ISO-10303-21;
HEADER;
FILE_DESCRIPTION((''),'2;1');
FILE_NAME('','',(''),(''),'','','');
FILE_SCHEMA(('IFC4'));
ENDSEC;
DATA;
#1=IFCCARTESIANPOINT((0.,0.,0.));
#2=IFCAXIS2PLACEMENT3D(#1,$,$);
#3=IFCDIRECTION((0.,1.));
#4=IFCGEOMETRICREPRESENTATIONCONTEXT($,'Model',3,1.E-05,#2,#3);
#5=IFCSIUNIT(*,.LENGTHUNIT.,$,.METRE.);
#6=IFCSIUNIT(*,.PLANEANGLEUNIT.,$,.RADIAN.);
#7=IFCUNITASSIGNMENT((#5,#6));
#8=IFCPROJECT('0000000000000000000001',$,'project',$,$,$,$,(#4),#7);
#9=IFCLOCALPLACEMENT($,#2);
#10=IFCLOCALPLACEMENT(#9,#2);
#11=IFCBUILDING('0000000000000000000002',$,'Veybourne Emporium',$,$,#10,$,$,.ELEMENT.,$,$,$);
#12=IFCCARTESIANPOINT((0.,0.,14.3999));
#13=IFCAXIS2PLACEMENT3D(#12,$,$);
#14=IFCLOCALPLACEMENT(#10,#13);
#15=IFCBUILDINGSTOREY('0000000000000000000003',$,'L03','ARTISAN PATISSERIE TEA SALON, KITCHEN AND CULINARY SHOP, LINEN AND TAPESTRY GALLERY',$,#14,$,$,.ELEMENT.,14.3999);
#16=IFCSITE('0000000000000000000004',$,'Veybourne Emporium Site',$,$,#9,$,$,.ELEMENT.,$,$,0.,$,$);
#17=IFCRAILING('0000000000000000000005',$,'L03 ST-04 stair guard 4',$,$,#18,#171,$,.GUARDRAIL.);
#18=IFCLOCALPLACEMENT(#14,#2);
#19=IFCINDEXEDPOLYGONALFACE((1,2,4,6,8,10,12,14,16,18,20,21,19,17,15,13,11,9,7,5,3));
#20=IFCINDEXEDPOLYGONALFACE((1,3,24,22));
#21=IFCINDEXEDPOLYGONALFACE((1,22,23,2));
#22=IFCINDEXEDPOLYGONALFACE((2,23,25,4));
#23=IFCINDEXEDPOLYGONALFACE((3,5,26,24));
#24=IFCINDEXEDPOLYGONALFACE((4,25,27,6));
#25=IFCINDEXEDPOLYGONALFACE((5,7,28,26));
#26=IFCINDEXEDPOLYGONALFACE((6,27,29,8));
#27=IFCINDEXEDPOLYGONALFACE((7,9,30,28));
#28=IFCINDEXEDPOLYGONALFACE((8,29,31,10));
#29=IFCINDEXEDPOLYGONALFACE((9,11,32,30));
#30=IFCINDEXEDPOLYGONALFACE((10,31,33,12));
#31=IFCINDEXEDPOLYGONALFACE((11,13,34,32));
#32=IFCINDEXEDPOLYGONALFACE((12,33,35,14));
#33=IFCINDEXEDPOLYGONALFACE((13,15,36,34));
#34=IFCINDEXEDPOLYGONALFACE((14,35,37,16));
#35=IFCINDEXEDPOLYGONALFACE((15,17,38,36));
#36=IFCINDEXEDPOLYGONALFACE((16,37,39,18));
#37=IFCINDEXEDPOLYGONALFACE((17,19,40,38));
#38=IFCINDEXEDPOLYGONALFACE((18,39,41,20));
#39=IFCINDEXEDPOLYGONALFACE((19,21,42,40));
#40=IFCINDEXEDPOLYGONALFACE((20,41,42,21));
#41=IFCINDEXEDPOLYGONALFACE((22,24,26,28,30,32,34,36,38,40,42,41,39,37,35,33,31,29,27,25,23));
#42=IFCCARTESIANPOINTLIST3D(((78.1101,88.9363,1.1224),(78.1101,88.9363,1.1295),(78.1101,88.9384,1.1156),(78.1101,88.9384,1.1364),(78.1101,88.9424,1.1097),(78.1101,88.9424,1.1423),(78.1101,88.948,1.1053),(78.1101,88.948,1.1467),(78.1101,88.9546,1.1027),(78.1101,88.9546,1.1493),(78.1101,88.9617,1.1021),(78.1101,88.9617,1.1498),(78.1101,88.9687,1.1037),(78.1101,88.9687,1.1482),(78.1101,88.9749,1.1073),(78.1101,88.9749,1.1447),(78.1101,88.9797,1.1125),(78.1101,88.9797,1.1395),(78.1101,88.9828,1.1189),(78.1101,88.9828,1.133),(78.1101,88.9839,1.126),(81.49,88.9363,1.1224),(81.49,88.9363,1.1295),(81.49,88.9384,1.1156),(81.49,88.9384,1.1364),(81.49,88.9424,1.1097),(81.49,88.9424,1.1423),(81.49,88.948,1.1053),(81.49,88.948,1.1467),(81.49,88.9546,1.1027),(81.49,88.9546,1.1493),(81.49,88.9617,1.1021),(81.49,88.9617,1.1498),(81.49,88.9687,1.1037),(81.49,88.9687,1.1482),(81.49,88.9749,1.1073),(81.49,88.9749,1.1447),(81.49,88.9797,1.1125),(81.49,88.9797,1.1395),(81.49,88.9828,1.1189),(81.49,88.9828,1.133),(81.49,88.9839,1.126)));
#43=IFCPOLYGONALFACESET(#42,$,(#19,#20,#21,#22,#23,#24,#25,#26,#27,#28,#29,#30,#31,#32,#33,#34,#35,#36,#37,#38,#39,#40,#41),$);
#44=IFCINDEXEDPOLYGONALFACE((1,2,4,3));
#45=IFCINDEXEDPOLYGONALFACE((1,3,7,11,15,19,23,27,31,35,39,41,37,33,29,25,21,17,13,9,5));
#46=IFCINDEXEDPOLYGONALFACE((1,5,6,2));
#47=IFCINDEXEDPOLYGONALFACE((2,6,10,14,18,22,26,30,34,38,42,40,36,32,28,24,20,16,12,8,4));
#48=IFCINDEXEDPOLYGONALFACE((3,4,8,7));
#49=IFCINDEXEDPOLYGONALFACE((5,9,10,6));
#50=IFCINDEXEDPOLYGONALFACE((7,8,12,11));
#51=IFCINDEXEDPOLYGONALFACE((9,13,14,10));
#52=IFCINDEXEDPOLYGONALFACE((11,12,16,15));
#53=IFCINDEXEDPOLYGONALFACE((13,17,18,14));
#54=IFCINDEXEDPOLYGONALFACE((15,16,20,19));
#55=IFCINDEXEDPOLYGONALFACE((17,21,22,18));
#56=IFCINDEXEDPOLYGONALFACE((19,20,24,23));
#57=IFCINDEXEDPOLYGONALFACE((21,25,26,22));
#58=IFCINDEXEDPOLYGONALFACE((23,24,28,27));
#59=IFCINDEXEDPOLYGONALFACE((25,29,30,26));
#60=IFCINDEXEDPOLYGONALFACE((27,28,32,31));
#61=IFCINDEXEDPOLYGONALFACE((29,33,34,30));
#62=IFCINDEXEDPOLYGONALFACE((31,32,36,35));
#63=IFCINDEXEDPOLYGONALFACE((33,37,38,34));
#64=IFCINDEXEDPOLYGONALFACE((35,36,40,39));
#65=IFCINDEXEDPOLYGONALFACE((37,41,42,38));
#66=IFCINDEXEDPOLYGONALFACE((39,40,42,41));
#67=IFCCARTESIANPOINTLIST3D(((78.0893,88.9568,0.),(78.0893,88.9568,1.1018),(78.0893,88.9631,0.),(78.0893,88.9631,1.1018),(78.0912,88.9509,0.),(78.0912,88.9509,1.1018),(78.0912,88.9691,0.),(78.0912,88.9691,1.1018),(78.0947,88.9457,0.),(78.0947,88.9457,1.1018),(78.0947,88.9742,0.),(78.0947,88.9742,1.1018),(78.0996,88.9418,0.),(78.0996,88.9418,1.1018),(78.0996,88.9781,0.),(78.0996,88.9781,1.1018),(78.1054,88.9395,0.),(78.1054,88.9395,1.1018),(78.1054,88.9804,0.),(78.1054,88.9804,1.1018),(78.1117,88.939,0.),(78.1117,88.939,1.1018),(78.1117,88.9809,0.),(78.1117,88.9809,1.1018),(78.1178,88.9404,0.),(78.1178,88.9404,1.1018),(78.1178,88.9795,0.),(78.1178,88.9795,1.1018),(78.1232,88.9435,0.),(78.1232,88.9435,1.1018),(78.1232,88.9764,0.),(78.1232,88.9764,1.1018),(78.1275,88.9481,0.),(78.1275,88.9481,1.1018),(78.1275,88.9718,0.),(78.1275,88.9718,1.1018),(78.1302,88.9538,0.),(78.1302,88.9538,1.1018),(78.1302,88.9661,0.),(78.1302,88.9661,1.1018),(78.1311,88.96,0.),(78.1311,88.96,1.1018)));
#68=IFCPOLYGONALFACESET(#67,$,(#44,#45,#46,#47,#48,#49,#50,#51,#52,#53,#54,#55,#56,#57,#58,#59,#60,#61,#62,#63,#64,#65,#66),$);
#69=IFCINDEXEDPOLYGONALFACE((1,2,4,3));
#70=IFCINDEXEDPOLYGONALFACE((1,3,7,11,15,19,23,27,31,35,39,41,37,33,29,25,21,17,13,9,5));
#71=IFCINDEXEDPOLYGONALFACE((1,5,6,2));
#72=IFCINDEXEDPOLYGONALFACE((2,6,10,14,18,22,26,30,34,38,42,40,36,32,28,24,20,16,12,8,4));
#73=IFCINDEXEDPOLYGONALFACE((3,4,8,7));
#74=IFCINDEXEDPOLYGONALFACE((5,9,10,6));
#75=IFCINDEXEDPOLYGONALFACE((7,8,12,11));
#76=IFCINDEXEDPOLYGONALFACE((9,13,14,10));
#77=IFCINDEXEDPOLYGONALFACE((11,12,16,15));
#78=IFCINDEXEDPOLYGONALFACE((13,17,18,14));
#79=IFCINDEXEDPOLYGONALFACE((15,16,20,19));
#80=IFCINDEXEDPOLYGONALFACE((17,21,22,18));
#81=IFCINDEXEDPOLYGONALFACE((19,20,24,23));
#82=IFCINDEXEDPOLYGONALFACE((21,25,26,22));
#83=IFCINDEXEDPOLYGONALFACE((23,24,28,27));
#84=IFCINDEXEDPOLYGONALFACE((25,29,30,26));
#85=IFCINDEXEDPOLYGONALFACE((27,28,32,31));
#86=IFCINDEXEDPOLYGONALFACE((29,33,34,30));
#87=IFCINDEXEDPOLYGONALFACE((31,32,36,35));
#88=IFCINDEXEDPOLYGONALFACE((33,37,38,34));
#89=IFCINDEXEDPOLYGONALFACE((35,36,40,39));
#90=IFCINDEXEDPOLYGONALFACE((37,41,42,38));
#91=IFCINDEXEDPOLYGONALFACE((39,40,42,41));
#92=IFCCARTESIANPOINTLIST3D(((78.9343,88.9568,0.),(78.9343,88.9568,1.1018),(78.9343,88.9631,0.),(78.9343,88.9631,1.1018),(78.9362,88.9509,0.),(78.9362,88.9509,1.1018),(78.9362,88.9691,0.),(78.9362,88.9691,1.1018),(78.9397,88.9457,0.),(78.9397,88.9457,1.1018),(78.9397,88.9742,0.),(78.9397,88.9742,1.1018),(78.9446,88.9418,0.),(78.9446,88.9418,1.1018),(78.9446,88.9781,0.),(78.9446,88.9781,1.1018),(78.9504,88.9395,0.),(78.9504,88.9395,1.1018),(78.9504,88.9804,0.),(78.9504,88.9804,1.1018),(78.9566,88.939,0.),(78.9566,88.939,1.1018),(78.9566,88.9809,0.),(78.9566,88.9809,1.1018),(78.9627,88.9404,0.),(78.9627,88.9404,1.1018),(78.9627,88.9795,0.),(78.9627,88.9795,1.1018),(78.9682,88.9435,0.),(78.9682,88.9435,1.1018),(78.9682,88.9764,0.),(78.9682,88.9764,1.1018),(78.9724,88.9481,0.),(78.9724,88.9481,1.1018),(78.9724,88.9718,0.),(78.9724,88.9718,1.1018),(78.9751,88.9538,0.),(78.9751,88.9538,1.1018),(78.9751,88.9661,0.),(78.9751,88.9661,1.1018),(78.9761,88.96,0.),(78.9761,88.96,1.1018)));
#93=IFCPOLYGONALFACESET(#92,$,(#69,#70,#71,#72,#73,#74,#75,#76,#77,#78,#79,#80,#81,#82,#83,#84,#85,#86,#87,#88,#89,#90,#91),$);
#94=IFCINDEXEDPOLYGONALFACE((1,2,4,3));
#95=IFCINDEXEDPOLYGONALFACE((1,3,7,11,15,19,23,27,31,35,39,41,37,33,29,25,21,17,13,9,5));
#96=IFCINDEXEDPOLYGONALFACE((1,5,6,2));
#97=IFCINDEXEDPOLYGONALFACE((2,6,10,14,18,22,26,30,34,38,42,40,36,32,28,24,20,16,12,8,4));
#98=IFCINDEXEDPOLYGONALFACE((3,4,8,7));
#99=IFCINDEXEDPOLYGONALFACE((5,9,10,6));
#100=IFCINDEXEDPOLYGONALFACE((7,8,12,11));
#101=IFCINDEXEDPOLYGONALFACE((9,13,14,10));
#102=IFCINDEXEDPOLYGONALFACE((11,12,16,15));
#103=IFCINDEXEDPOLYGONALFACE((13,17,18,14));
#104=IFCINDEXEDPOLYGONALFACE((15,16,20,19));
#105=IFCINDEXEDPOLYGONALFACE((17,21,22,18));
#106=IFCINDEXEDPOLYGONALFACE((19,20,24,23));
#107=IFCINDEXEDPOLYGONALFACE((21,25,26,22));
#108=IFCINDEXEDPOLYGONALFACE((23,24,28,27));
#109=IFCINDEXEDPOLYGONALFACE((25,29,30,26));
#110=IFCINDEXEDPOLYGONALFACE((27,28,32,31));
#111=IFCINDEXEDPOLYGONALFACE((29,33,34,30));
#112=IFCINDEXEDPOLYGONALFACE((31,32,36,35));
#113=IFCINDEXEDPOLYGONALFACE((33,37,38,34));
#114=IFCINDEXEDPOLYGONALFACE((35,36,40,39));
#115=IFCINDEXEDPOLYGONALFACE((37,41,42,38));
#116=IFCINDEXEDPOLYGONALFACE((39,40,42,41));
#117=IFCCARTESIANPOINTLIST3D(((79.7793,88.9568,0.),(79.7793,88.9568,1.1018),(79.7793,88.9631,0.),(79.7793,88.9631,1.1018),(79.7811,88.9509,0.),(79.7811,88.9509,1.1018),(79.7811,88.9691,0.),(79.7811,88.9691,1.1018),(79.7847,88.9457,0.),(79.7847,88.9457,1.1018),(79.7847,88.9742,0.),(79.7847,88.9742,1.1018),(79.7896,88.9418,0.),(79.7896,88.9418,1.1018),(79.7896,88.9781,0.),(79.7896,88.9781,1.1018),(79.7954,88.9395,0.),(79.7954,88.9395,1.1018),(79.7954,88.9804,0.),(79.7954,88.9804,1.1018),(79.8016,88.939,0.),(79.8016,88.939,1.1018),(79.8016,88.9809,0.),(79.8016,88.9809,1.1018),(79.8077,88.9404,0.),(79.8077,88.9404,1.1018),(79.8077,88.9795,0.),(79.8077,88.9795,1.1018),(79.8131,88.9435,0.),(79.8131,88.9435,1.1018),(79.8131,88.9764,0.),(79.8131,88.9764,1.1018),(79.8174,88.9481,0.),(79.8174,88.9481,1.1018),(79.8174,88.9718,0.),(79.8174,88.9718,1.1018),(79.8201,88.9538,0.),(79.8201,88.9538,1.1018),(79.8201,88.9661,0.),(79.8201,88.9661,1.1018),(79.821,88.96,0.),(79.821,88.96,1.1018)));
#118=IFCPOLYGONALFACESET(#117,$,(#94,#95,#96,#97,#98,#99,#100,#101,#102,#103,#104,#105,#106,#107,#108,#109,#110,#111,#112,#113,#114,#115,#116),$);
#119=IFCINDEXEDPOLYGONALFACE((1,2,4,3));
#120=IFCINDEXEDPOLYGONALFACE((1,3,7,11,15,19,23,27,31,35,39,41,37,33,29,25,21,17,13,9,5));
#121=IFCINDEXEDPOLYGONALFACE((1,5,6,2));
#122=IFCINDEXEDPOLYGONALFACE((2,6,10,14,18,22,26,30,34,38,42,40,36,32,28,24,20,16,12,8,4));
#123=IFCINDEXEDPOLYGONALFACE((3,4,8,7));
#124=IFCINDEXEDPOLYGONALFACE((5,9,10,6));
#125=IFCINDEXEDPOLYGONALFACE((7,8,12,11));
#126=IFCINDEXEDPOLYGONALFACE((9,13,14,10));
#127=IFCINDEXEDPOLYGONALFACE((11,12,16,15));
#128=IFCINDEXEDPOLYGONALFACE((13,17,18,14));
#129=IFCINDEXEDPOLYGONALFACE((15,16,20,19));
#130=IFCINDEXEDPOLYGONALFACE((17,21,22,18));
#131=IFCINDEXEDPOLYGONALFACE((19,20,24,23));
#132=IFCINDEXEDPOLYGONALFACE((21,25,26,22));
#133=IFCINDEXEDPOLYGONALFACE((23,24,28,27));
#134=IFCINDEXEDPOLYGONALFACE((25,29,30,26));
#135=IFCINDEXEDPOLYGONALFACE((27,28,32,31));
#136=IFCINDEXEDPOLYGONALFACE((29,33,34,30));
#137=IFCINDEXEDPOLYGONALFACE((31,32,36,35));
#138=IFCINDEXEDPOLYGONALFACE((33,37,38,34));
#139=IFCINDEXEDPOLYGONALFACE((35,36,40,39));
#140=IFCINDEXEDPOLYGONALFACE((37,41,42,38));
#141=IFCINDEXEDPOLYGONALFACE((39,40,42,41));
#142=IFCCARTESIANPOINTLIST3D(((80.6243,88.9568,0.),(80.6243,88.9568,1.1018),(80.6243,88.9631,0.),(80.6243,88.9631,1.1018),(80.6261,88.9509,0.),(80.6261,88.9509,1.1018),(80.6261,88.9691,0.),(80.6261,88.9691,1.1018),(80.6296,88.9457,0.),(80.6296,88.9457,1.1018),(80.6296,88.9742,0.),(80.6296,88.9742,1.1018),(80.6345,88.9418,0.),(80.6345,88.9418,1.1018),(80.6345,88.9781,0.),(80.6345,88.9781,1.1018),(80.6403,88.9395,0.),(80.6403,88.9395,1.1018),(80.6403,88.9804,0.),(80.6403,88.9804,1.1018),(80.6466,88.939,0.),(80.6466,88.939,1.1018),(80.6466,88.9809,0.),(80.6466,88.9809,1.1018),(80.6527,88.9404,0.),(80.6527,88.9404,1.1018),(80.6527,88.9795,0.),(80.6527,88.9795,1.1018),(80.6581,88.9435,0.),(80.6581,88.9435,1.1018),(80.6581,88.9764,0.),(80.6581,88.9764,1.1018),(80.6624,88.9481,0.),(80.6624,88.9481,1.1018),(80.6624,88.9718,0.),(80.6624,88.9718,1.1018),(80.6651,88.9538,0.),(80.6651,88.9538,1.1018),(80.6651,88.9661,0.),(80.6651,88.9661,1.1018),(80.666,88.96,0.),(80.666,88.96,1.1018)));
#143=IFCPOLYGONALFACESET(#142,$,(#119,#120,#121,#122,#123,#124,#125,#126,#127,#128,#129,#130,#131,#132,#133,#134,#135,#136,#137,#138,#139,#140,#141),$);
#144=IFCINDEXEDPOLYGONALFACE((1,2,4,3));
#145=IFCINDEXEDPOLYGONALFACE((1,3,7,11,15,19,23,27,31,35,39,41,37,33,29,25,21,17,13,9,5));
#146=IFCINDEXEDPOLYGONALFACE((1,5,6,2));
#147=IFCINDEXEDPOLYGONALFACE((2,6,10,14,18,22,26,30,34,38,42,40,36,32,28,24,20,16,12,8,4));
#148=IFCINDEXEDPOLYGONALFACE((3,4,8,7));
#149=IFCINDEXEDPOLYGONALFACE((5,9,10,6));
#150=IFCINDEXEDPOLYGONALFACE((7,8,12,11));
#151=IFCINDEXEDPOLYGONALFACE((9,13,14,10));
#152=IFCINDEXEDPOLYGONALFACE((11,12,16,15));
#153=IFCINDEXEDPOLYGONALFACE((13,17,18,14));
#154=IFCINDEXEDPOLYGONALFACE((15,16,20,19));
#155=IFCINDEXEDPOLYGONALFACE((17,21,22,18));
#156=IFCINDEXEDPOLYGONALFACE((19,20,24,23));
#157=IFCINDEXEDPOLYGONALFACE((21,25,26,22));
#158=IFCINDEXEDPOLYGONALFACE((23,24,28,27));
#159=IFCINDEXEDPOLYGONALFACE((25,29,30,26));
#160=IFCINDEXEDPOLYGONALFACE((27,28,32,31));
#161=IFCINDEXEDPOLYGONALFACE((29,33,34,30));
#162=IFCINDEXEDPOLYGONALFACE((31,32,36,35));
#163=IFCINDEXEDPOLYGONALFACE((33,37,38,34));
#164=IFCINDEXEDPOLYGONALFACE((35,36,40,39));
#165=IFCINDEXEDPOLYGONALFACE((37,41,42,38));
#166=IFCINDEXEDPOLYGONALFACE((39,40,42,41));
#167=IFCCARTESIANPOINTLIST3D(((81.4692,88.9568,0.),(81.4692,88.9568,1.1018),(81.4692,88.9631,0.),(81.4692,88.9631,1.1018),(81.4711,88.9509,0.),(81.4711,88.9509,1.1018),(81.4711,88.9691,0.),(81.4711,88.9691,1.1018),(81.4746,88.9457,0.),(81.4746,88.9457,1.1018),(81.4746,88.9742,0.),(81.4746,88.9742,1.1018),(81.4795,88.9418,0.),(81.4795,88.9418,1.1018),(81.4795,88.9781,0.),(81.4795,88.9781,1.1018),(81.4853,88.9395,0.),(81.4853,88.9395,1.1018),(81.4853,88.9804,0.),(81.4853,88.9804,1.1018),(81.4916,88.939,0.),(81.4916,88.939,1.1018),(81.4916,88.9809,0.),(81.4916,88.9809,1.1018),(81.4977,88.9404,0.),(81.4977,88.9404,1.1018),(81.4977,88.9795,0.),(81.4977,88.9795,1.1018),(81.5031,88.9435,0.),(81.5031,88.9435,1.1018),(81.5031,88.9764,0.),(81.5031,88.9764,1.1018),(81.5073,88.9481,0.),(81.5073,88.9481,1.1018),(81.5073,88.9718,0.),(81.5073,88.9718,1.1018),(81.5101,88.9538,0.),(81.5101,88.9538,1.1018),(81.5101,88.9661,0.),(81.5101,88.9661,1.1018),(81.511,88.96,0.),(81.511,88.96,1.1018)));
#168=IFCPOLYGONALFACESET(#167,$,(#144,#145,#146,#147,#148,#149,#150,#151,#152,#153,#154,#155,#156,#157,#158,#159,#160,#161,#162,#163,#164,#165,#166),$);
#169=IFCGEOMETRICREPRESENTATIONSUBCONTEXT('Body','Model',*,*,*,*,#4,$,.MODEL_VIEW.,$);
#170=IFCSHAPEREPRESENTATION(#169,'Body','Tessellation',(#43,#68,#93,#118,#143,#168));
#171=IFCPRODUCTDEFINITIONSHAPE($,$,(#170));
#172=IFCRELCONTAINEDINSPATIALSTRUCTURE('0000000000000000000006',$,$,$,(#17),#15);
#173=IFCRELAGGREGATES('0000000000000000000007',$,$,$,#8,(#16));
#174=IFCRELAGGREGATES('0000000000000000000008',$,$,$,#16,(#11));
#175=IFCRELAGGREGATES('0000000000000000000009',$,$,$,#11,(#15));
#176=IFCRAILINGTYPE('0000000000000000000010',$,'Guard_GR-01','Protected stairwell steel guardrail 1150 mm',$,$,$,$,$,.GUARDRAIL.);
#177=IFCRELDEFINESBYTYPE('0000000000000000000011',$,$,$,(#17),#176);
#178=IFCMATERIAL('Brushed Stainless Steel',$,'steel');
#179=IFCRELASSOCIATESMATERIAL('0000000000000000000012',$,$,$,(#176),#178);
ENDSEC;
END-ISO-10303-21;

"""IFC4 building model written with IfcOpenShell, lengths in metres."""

from ifc_helpers import new_model, si_unit, direction, frame, origin, origin_2d, place, context, subcontext, project, spatial, circle, extrude, material, type_object, element, save


model = new_model("IFC4")

# Units and contexts
model_context = context("Model", 3, precision=1e-05, world=origin(), true_north=direction((0.0, 1.0)))
body_context = subcontext(model_context, "Body", "Model", "MODEL_VIEW")
ifc_project = project(units=[si_unit("LENGTHUNIT", "METRE"), si_unit("PLANEANGLEUNIT", "RADIAN")], contexts=[model_context])

# Site, building, storey
site_placement = place(None, origin())
site = spatial("IfcSite", under=ifc_project, at=site_placement, Name="Veybourne Emporium Site", CompositionType="ELEMENT", RefElevation=0.0)
building_placement = place(site_placement, origin())
building = spatial("IfcBuilding", under=site, at=building_placement, Name="Veybourne Emporium", CompositionType="ELEMENT")
storey_placement = place(building_placement, frame((0.0, 0.0, 14.3999)))
storey = spatial("IfcBuildingStorey", under=building, at=storey_placement, Name="L03", Description="ARTISAN PATISSERIE TEA SALON, KITCHEN AND CULINARY SHOP, LINEN AND TAPESTRY GALLERY", CompositionType="ELEMENT", Elevation=14.3999)

# Railing
ifc_material_1 = material(Name="Brushed Stainless Steel", Category="steel")
railing_type_1 = type_object("IfcRailingType", Name="Guard_GR-01", Description="Protected stairwell steel guardrail 1150 mm", PredefinedType="GUARDRAIL", material=ifc_material_1)
railing_1_placement = place(storey_placement, frame((78.1101, 88.96, 0.0)))
element("IfcRailing", 1, at=railing_1_placement, inside=storey, type_object=railing_type_1, Name="L03 ST-04 stair guard 4", PredefinedType="GUARDRAIL", context=body_context, shape_type="SweptSolid", body=[
    extrude(circle(Radius=0.0239, at=origin_2d()), frame((0.0, 0.0, 1.126), z_axis=(1.0, 0.0, 0.0), x_axis=(0.0, 1.0, 0.0)), (0.0, 0.0, 1.0), 3.3799),
    extrude(circle(Radius=0.021, at=origin_2d()), origin(), (0.0, 0.0, 1.0), 1.1018),
    extrude(circle(Radius=0.021, at=origin_2d()), frame((0.845, 0.0, 0.0)), (0.0, 0.0, 1.0), 1.1018),
    extrude(circle(Radius=0.021, at=origin_2d()), frame((1.6899, 0.0, 0.0)), (0.0, 0.0, 1.0), 1.1018),
    extrude(circle(Radius=0.021, at=origin_2d()), frame((2.5349, 0.0, 0.0)), (0.0, 0.0, 1.0), 1.1018),
    extrude(circle(Radius=0.021, at=origin_2d()), frame((3.3799, 0.0, 0.0)), (0.0, 0.0, 1.0), 1.1018),
])

save(model, "model.ifc")
